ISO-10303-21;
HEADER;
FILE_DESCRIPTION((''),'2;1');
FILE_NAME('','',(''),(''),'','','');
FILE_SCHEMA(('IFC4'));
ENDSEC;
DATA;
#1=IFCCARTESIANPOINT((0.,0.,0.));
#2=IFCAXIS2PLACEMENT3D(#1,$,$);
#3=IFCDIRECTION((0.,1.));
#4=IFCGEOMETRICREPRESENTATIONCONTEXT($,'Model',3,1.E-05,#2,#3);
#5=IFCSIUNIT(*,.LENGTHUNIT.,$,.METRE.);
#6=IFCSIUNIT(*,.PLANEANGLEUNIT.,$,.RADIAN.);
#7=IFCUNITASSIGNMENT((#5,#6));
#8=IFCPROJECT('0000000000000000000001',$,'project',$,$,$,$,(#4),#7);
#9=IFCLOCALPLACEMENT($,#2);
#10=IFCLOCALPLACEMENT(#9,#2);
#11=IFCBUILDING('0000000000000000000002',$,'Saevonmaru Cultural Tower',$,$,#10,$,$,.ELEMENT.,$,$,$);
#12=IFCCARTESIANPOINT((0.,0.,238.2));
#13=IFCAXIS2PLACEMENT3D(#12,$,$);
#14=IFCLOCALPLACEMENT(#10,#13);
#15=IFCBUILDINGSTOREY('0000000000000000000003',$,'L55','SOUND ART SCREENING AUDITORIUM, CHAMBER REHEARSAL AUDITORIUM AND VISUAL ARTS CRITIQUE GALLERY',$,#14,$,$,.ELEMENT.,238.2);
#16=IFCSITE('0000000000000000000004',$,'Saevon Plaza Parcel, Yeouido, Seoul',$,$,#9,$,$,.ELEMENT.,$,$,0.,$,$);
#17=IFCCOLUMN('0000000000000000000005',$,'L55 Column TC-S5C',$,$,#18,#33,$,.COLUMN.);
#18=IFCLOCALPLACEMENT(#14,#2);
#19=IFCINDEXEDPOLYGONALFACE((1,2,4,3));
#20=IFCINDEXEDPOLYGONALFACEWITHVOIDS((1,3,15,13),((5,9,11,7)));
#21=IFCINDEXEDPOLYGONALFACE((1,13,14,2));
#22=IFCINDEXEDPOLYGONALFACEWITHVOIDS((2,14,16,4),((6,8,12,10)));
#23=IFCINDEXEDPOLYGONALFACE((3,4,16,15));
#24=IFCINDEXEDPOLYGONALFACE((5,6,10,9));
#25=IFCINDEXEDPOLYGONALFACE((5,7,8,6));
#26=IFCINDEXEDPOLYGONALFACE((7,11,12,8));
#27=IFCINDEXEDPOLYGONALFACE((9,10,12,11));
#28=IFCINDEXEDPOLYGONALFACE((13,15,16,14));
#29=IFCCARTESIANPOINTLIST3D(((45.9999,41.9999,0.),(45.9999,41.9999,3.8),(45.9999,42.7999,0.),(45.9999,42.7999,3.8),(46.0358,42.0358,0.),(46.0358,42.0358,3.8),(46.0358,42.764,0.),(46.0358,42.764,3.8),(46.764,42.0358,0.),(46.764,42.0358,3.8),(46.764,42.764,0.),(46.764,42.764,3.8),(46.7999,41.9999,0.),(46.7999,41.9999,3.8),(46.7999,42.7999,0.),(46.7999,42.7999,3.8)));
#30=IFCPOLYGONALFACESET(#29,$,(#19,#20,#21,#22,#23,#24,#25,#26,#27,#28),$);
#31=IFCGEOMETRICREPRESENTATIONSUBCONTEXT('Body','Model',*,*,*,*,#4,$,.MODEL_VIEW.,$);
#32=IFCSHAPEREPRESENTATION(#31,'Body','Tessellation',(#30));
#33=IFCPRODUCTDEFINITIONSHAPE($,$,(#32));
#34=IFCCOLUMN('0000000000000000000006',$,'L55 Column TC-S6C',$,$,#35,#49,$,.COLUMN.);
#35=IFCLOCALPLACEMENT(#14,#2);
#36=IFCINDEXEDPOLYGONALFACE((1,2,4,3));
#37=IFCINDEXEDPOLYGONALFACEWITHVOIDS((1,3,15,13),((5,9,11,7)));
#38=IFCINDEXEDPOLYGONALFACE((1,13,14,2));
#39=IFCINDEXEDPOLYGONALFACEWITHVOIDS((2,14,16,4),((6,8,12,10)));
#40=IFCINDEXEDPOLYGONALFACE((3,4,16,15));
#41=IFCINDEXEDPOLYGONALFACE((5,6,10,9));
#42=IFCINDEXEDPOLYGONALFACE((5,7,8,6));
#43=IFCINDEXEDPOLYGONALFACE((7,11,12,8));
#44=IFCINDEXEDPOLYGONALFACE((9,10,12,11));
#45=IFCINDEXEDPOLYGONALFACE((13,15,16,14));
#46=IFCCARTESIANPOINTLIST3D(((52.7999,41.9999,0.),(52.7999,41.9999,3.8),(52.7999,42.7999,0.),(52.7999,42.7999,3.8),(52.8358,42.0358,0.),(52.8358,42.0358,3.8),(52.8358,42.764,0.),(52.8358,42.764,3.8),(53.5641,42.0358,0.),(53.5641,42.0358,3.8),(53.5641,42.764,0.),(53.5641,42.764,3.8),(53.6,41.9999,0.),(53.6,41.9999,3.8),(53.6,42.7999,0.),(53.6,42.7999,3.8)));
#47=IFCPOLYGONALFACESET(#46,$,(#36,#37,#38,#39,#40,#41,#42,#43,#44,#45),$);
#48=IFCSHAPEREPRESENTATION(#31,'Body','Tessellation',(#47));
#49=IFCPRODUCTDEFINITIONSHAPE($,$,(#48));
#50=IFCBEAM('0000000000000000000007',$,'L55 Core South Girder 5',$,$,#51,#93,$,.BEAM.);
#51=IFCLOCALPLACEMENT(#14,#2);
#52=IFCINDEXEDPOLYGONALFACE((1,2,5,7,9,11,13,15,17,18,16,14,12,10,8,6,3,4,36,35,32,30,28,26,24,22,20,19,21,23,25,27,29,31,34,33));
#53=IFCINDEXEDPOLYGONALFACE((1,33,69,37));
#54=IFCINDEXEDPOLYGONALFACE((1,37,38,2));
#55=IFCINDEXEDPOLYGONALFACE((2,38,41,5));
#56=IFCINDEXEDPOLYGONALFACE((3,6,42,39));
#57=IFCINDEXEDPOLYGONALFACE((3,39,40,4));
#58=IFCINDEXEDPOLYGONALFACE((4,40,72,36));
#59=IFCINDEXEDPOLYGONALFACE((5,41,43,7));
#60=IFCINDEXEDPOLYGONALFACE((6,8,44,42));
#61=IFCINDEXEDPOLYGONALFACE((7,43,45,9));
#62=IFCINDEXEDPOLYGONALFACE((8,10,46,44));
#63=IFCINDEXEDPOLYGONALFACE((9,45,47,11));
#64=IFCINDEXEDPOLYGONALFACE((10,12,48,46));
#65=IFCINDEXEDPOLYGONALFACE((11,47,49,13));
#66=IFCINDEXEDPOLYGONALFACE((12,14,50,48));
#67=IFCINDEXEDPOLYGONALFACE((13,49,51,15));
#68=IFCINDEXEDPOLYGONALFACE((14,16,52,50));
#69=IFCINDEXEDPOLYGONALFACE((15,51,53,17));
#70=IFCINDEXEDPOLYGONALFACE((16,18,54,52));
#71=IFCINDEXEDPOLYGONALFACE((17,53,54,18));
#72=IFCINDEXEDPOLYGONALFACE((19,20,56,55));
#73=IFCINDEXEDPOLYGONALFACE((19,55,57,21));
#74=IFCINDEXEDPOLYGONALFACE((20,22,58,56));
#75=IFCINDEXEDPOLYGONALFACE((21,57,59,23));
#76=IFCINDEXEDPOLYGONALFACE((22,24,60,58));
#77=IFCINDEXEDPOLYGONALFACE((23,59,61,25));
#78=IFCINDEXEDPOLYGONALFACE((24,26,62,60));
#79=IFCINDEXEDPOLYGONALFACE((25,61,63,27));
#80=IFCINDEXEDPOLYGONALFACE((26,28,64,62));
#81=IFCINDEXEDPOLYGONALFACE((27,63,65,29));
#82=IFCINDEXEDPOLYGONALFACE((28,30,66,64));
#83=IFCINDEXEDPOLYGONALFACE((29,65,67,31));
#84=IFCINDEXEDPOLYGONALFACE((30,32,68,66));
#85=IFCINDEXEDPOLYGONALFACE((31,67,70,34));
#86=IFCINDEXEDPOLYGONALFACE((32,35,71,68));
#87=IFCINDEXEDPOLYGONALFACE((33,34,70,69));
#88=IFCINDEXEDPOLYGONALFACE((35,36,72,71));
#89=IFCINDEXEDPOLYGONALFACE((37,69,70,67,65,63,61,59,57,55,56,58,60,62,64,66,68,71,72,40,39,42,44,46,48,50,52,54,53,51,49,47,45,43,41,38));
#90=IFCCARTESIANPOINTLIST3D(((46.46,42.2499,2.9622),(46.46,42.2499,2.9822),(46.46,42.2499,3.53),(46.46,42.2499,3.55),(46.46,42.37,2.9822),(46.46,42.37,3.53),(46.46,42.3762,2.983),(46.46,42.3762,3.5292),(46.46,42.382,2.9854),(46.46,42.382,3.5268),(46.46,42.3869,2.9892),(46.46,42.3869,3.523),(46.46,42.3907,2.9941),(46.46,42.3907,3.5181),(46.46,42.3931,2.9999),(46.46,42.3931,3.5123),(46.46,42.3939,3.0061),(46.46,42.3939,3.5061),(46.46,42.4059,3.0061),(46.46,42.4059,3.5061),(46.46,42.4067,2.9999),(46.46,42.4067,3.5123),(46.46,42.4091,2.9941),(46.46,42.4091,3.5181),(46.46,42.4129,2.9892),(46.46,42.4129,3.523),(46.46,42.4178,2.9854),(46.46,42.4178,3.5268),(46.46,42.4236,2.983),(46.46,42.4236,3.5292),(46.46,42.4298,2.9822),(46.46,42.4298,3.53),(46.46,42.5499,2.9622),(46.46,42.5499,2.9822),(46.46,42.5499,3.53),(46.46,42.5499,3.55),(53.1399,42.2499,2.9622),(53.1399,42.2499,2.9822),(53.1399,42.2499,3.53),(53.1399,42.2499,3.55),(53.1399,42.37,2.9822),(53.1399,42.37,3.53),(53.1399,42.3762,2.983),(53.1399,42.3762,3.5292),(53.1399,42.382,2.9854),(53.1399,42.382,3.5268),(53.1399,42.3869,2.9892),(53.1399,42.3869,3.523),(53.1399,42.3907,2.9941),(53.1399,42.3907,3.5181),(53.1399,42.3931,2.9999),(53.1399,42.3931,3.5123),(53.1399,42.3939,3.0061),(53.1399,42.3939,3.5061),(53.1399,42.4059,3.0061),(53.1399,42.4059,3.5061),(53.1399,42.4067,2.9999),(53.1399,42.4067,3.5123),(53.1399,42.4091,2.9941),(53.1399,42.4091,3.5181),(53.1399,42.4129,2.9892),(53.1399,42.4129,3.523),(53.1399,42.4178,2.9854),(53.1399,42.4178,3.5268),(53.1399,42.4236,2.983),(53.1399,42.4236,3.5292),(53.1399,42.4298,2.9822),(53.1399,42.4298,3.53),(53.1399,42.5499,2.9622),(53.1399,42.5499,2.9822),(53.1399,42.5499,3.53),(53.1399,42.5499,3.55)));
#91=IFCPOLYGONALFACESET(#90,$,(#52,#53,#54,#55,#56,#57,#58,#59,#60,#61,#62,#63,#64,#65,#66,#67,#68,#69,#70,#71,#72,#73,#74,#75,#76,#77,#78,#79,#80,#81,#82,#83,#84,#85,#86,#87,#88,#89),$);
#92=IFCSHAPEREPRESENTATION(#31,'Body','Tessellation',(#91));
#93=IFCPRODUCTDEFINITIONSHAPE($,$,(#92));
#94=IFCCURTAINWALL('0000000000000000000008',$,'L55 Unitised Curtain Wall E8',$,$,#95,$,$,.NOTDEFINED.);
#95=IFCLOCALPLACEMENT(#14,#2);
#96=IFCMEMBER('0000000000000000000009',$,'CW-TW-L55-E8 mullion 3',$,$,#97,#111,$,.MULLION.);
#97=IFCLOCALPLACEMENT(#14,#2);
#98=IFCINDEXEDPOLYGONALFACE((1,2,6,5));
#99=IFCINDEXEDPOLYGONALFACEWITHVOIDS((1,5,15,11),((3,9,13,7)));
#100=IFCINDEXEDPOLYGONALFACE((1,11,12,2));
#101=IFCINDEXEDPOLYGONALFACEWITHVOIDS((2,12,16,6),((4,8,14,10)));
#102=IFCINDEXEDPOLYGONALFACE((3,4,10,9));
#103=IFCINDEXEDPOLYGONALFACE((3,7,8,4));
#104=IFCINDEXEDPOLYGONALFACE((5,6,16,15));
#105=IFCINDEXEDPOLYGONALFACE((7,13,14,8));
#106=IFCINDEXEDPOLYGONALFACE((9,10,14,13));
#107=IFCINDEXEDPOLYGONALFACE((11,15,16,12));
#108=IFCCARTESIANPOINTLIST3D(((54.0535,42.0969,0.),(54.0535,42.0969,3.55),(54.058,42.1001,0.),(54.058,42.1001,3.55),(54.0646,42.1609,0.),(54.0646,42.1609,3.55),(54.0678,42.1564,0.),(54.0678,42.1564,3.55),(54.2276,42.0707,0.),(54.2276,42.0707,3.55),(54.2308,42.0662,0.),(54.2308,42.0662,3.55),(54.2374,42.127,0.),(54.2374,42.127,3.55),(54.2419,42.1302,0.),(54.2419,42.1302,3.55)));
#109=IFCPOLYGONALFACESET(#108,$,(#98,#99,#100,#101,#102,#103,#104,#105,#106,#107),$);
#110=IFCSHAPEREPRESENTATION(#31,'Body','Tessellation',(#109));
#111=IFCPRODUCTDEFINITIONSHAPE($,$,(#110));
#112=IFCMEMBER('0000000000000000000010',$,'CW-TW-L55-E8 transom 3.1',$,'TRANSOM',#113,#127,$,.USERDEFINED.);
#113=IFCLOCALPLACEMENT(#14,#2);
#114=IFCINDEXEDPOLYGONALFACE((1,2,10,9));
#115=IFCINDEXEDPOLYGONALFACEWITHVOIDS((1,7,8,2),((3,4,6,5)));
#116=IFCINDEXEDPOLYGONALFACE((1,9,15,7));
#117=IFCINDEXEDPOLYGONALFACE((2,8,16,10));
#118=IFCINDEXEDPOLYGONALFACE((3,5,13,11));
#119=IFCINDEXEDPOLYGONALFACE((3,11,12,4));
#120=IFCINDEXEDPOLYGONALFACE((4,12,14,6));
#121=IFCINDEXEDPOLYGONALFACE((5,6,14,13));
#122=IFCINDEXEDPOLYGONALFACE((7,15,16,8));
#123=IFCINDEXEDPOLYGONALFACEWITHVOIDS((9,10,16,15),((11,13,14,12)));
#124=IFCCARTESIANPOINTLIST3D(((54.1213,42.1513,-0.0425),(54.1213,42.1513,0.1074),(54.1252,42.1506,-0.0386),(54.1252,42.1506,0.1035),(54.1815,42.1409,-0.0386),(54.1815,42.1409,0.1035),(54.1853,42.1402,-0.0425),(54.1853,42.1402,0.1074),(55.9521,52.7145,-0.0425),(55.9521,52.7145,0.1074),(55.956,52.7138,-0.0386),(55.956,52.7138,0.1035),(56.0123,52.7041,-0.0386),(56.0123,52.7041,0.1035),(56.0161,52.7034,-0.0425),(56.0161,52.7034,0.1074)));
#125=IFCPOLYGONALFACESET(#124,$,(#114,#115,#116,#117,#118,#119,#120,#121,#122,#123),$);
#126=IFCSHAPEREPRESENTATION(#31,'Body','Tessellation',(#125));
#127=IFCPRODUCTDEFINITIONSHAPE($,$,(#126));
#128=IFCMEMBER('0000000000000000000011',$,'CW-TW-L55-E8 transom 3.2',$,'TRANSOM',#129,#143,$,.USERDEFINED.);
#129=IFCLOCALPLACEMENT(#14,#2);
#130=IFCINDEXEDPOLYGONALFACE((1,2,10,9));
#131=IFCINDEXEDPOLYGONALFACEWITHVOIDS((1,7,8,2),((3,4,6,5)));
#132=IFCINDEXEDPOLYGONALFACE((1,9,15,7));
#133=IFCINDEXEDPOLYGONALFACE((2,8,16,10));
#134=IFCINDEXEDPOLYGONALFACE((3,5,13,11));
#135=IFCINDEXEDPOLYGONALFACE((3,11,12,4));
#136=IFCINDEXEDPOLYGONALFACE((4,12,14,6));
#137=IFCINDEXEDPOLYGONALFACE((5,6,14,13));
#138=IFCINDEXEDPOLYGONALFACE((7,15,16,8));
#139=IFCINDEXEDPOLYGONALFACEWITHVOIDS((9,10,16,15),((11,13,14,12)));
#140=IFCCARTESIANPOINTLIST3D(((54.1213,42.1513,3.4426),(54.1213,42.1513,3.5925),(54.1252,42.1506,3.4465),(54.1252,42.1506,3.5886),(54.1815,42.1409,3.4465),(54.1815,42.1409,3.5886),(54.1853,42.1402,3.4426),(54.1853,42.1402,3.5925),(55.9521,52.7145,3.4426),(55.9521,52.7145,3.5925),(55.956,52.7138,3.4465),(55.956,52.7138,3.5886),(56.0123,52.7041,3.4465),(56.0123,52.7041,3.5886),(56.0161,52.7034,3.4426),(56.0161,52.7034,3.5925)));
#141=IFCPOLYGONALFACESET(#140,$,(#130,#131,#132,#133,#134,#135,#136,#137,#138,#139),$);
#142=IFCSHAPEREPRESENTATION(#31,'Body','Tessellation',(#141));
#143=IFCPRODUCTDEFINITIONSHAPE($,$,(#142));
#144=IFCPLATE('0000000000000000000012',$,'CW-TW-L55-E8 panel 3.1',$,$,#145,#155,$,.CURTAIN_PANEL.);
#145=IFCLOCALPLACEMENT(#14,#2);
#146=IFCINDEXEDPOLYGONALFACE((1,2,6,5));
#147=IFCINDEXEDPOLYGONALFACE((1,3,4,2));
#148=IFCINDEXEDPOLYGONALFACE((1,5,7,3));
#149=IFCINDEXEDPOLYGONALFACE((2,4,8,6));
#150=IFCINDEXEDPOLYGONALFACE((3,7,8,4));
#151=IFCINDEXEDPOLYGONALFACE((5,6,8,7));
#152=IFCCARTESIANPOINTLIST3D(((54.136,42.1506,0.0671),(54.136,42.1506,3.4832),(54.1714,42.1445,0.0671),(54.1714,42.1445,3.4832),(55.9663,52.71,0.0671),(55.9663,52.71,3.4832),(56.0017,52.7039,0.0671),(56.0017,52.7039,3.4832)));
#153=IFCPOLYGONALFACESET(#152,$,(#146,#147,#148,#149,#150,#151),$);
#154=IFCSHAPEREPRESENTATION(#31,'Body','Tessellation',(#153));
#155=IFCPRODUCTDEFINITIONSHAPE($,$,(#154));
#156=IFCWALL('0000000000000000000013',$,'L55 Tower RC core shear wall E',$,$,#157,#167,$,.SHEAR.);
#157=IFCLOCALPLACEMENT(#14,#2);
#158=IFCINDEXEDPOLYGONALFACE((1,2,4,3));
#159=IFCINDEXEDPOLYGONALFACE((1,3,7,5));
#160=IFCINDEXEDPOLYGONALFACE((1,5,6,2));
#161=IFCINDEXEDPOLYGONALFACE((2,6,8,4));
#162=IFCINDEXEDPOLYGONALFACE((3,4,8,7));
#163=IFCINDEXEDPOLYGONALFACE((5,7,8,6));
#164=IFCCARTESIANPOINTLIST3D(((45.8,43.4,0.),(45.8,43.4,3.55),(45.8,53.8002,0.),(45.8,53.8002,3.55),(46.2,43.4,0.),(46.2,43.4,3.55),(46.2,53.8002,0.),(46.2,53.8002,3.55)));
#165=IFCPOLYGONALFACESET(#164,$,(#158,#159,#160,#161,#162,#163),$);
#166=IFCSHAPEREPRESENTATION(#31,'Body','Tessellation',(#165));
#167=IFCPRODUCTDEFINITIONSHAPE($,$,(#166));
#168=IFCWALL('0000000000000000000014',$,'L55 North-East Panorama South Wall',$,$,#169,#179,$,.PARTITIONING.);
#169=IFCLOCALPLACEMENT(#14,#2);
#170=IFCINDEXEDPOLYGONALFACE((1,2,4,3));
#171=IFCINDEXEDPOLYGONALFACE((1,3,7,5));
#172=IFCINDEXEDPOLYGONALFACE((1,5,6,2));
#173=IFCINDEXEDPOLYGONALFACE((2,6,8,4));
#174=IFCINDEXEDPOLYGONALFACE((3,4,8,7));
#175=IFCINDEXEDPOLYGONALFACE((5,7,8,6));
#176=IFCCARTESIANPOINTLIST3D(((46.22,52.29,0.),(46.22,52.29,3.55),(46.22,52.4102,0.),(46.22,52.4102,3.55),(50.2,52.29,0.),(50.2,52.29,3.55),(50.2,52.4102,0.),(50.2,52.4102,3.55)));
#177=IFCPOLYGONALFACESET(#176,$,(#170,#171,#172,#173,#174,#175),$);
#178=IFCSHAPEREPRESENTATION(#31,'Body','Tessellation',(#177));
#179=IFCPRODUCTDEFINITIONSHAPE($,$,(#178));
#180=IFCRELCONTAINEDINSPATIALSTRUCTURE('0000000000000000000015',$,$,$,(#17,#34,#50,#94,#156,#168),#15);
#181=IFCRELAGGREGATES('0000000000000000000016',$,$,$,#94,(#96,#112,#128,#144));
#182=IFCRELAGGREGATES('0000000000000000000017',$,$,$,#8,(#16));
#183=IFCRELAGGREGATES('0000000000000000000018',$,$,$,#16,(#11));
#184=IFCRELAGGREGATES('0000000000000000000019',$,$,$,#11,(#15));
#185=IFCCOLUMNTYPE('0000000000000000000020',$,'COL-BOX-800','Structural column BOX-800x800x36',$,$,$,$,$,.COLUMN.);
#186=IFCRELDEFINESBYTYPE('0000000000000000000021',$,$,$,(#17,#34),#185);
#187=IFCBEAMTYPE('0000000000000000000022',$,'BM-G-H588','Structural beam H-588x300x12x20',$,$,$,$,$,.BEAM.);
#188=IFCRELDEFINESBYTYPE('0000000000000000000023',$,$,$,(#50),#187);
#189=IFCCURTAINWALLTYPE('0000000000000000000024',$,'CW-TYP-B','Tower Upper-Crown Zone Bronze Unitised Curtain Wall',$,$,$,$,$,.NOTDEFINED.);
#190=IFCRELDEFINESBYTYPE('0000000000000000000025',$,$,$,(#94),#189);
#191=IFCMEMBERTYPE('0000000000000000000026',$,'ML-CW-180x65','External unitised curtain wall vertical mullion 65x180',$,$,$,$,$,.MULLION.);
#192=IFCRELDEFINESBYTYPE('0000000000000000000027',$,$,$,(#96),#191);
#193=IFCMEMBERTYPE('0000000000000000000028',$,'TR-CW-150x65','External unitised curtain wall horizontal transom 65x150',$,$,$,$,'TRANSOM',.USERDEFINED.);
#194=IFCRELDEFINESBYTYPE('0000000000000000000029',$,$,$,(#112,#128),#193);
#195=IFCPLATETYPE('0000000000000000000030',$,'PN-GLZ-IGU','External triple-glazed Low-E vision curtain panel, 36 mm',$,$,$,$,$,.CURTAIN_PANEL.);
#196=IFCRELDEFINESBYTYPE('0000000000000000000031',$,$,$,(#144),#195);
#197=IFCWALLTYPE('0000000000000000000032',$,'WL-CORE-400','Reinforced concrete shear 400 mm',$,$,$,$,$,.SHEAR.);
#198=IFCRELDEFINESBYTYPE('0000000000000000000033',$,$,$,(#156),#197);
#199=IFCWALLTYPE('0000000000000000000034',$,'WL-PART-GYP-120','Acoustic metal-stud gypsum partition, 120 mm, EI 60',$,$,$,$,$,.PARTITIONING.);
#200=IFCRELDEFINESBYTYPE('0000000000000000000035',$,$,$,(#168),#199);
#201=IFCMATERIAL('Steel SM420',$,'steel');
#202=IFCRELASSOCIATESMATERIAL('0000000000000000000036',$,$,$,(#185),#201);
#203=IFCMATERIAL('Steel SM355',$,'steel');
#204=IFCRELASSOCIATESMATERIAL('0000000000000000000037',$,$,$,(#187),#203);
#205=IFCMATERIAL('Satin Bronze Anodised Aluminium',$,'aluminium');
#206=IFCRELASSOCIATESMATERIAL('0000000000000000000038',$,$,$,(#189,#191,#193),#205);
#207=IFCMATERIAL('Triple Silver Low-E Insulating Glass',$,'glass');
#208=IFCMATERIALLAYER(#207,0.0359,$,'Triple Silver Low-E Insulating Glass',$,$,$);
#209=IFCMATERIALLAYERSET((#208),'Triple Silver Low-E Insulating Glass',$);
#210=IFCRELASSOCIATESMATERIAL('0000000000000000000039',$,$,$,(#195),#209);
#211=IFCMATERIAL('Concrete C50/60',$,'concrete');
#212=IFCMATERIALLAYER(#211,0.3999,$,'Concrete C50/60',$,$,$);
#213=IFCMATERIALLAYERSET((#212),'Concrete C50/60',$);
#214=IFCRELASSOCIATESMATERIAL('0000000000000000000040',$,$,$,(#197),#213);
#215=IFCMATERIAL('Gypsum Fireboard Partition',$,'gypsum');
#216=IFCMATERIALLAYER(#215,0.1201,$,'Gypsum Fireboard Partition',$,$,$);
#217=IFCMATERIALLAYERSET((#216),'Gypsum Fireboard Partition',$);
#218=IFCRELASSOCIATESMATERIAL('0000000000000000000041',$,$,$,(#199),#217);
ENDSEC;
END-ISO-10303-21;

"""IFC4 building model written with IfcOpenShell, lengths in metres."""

from ifc_helpers import new_model, si_unit, direction, frame, frame_2d, origin, origin_2d, place, context, subcontext, project, spatial, rectangle, hollow_rectangle, i_section, extrude, material, layer, layer_set, material_profile, profile_set, type_object, element, aggregate, save


model = new_model("IFC4")

# Units and contexts
model_context = context("Model", 3, precision=1e-05, world=origin(), true_north=direction((0.0, 1.0)))
body_context = subcontext(model_context, "Body", "Model", "MODEL_VIEW")
ifc_project = project(units=[si_unit("LENGTHUNIT", "METRE"), si_unit("PLANEANGLEUNIT", "RADIAN")], contexts=[model_context])

# Site, building, storey
site_placement = place(None, origin())
site = spatial("IfcSite", under=ifc_project, at=site_placement, Name="Saevon Plaza Parcel, Yeouido, Seoul", CompositionType="ELEMENT", RefElevation=0.0)
building_placement = place(site_placement, origin())
building = spatial("IfcBuilding", under=site, at=building_placement, Name="Saevonmaru Cultural Tower", CompositionType="ELEMENT")
storey_placement = place(building_placement, frame((0.0, 0.0, 238.2)))
storey = spatial("IfcBuildingStorey", under=building, at=storey_placement, Name="L55", Description="SOUND ART SCREENING AUDITORIUM, CHAMBER REHEARSAL AUDITORIUM AND VISUAL ARTS CRITIQUE GALLERY", CompositionType="ELEMENT", Elevation=238.2)

# Columns
ifc_material_1 = material(Name="Steel SM420", Category="steel")
ifc_material_profile_1 = material_profile(ifc_material_1, hollow_rectangle(XDim=0.8, YDim=0.8, WallThickness=0.0359, at=origin_2d()), Name="BOX-800x800x36")
ifc_profile_set_1 = profile_set([ifc_material_profile_1], Name="Steel SM420")
column_type = type_object("IfcColumnType", Name="COL-BOX-800", Description="Structural column BOX-800x800x36", PredefinedType="COLUMN", material=ifc_profile_set_1)
for number, where, z_axis, x_axis, name in (
    (1, (46.3999, 42.3999, 0.0), (0.0, 0.0, 1.0), (1.0, 0.0, 0.0), "L55 Column TC-S5C"),
    (2, (53.2, 42.3999, 0.0), (0.0, 0.0, 1.0), (1.0, 0.0, 0.0), "L55 Column TC-S6C"),
):
    element("IfcColumn", number, at=place(storey_placement, frame(where, z_axis=z_axis, x_axis=x_axis)), inside=storey, type_object=column_type, Name=name, PredefinedType="COLUMN", context=body_context, shape_type="SweptSolid", body=[
        extrude(hollow_rectangle(XDim=0.8, YDim=0.8, WallThickness=0.0359, at=origin_2d()), origin(), (0.0, 0.0, 1.0), 3.8),
    ])

# Beam
ifc_material_2 = material(Name="Steel SM355", Category="steel")
ifc_material_profile_2 = material_profile(ifc_material_2, i_section(OverallWidth=0.3, OverallDepth=0.5879, WebThickness=0.012, FlangeThickness=0.02, FilletRadius=0.0239, at=origin_2d()), Name="H-588x300x12x20")
ifc_profile_set_2 = profile_set([ifc_material_profile_2], Name="Steel SM355")
beam_type = type_object("IfcBeamType", Name="BM-G-H588", Description="Structural beam H-588x300x12x20", PredefinedType="BEAM", material=ifc_profile_set_2)
beam_placement = place(storey_placement, frame((46.46, 42.3999, 3.2561), z_axis=(1.0, 0.0, 0.0), x_axis=(0.0, 1.0, 0.0)))
element("IfcBeam", 3, at=beam_placement, inside=storey, type_object=beam_type, Name="L55 Core South Girder 5", PredefinedType="BEAM", context=body_context, shape_type="SweptSolid", body=[
    extrude(i_section(OverallWidth=0.3, OverallDepth=0.5879, WebThickness=0.012, FlangeThickness=0.02, FilletRadius=0.0239, at=origin_2d()), origin(), (0.0, 0.0, 1.0), 6.6799),
])

# Curtain wall, members, plate
ifc_material_3 = material(Name="Satin Bronze Anodised Aluminium", Category="aluminium")
curtain_wall_type = type_object("IfcCurtainWallType", Name="CW-TYP-B", Description="Tower Upper-Crown Zone Bronze Unitised Curtain Wall", PredefinedType="NOTDEFINED", material=ifc_material_3)
curtain_wall_placement = place(storey_placement, origin())
curtain_wall = element("IfcCurtainWall", 4, at=curtain_wall_placement, inside=storey, type_object=curtain_wall_type, Name="L55 Unitised Curtain Wall E8", PredefinedType="NOTDEFINED")
ifc_material_profile_3 = material_profile(ifc_material_3, hollow_rectangle(XDim=0.0649, YDim=0.1799, WallThickness=0.0039, at=origin_2d()), Name="ALU-MULL-180x65x4")
ifc_profile_set_3 = profile_set([ifc_material_profile_3], Name="Satin Bronze Anodised Aluminium")
member_type_1 = type_object("IfcMemberType", Name="ML-CW-180x65", Description="External unitised curtain wall vertical mullion 65x180", PredefinedType="MULLION", material=ifc_profile_set_3)
member_1_placement = place(storey_placement, frame((54.1477, 42.1135, 0.0), z_axis=(0.0, 0.0, 1.0), x_axis=(0.17079, 0.985307, 0.0)))
member_1 = element("IfcMember", 5, at=member_1_placement, type_object=member_type_1, Name="CW-TW-L55-E8 mullion 3", PredefinedType="MULLION", context=body_context, shape_type="SweptSolid", body=[
    extrude(hollow_rectangle(XDim=0.0649, YDim=0.1799, WallThickness=0.0039, at=origin_2d()), origin(), (0.0, 0.0, 1.0), 3.55),
])
ifc_material_profile_4 = material_profile(ifc_material_3, hollow_rectangle(XDim=0.0649, YDim=0.1499, WallThickness=0.0039, at=origin_2d()), Name="ALU-TRAN-150x65x4")
ifc_profile_set_4 = profile_set([ifc_material_profile_4], Name="Satin Bronze Anodised Aluminium")
member_type_2 = type_object("IfcMemberType", Name="TR-CW-150x65", Description="External unitised curtain wall horizontal transom 65x150", ElementType="TRANSOM", PredefinedType="USERDEFINED", material=ifc_profile_set_4)
member_2_placement = place(storey_placement, frame((54.1533, 42.1458, 0.0325), z_axis=(0.170773, 0.98531, 0.0), x_axis=(-0.98531, 0.170773, 0.0)))
member_2 = element("IfcMember", 6, at=member_2_placement, type_object=member_type_2, Name="CW-TW-L55-E8 transom 3.1", ObjectType="TRANSOM", PredefinedType="USERDEFINED", context=body_context, shape_type="SweptSolid", body=[
    extrude(hollow_rectangle(XDim=0.0649, YDim=0.1499, WallThickness=0.0039, at=origin_2d()), origin(), (0.0, 0.0, 1.0), 10.7207),
])
member_3_placement = place(storey_placement, frame((54.1533, 42.1458, 3.5176), z_axis=(0.170773, 0.98531, 0.0), x_axis=(-0.98531, 0.170773, 0.0)))
member_3 = element("IfcMember", 7, at=member_3_placement, type_object=member_type_2, Name="CW-TW-L55-E8 transom 3.2", ObjectType="TRANSOM", PredefinedType="USERDEFINED", context=body_context, shape_type="SweptSolid", body=[
    extrude(hollow_rectangle(XDim=0.0649, YDim=0.1499, WallThickness=0.0039, at=origin_2d()), origin(), (0.0, 0.0, 1.0), 10.7207),
])
ifc_material_4 = material(Name="Triple Silver Low-E Insulating Glass", Category="glass")
ifc_layer_1 = layer(ifc_material_4, 0.0359, Name="Triple Silver Low-E Insulating Glass")
ifc_layer_set_1 = layer_set([ifc_layer_1], Name="Triple Silver Low-E Insulating Glass")
plate_type = type_object("IfcPlateType", Name="PN-GLZ-IGU", Description="External triple-glazed Low-E vision curtain panel, 36 mm", PredefinedType="CURTAIN_PANEL", material=ifc_layer_set_1)
plate_placement = place(storey_placement, frame((55.0688, 47.4272, 0.0671), z_axis=(0.0, 0.0, 1.0), x_axis=(0.17079, 0.985307, 0.0)))
plate = element("IfcPlate", 8, at=plate_placement, type_object=plate_type, Name="CW-TW-L55-E8 panel 3.1", PredefinedType="CURTAIN_PANEL", context=body_context, shape_type="SweptSolid", body=[
    extrude(rectangle(XDim=10.7168, YDim=0.0359, at=origin_2d()), origin(), (0.0, 0.0, 1.0), 3.416),
])
aggregate(curtain_wall, [member_1, member_2, member_3, plate])

# Wall
ifc_material_5 = material(Name="Concrete C50/60", Category="concrete")
ifc_layer_2 = layer(ifc_material_5, 0.3999, Name="Concrete C50/60")
ifc_layer_set_2 = layer_set([ifc_layer_2], Name="Concrete C50/60")
wall_type_1 = type_object("IfcWallType", Name="WL-CORE-400", Description="Reinforced concrete shear 400 mm", PredefinedType="SHEAR", material=ifc_layer_set_2)
wall_1_placement = place(storey_placement, frame((46.0, 43.3999, 0.0), z_axis=(0.0, 0.0, 1.0), x_axis=(0.0, 1.0, 0.0)))
element("IfcWall", 9, at=wall_1_placement, inside=storey, type_object=wall_type_1, Name="L55 Tower RC core shear wall E", PredefinedType="SHEAR", context=body_context, shape_type="SweptSolid", body=[
    extrude(rectangle(XDim=10.4001, YDim=0.3999, at=frame_2d((5.2002, 0.0))), origin(), (0.0, 0.0, 1.0), 3.55),
])

# Shared definitions
ifc_material_6 = material(Name="Gypsum Fireboard Partition", Category="gypsum")

# Wall
ifc_layer_3 = layer(ifc_material_6, 0.1201, Name="Gypsum Fireboard Partition")
ifc_layer_set_3 = layer_set([ifc_layer_3], Name="Gypsum Fireboard Partition")
wall_type_2 = type_object("IfcWallType", Name="WL-PART-GYP-120", Description="Acoustic metal-stud gypsum partition, 120 mm, EI 60", PredefinedType="PARTITIONING", material=ifc_layer_set_3)
wall_2_placement = place(storey_placement, frame((46.22, 52.3501, 0.0), z_axis=(0.0, 0.0, 1.0), x_axis=(1.0, 0.0, 0.0)))
element("IfcWall", 10, at=wall_2_placement, inside=storey, type_object=wall_type_2, Name="L55 North-East Panorama South Wall", PredefinedType="PARTITIONING", context=body_context, shape_type="SweptSolid", body=[
    extrude(rectangle(XDim=3.98, YDim=0.1201, at=frame_2d((1.99, 0.0))), origin(), (0.0, 0.0, 1.0), 3.55),
])

save(model, "model.ifc")
